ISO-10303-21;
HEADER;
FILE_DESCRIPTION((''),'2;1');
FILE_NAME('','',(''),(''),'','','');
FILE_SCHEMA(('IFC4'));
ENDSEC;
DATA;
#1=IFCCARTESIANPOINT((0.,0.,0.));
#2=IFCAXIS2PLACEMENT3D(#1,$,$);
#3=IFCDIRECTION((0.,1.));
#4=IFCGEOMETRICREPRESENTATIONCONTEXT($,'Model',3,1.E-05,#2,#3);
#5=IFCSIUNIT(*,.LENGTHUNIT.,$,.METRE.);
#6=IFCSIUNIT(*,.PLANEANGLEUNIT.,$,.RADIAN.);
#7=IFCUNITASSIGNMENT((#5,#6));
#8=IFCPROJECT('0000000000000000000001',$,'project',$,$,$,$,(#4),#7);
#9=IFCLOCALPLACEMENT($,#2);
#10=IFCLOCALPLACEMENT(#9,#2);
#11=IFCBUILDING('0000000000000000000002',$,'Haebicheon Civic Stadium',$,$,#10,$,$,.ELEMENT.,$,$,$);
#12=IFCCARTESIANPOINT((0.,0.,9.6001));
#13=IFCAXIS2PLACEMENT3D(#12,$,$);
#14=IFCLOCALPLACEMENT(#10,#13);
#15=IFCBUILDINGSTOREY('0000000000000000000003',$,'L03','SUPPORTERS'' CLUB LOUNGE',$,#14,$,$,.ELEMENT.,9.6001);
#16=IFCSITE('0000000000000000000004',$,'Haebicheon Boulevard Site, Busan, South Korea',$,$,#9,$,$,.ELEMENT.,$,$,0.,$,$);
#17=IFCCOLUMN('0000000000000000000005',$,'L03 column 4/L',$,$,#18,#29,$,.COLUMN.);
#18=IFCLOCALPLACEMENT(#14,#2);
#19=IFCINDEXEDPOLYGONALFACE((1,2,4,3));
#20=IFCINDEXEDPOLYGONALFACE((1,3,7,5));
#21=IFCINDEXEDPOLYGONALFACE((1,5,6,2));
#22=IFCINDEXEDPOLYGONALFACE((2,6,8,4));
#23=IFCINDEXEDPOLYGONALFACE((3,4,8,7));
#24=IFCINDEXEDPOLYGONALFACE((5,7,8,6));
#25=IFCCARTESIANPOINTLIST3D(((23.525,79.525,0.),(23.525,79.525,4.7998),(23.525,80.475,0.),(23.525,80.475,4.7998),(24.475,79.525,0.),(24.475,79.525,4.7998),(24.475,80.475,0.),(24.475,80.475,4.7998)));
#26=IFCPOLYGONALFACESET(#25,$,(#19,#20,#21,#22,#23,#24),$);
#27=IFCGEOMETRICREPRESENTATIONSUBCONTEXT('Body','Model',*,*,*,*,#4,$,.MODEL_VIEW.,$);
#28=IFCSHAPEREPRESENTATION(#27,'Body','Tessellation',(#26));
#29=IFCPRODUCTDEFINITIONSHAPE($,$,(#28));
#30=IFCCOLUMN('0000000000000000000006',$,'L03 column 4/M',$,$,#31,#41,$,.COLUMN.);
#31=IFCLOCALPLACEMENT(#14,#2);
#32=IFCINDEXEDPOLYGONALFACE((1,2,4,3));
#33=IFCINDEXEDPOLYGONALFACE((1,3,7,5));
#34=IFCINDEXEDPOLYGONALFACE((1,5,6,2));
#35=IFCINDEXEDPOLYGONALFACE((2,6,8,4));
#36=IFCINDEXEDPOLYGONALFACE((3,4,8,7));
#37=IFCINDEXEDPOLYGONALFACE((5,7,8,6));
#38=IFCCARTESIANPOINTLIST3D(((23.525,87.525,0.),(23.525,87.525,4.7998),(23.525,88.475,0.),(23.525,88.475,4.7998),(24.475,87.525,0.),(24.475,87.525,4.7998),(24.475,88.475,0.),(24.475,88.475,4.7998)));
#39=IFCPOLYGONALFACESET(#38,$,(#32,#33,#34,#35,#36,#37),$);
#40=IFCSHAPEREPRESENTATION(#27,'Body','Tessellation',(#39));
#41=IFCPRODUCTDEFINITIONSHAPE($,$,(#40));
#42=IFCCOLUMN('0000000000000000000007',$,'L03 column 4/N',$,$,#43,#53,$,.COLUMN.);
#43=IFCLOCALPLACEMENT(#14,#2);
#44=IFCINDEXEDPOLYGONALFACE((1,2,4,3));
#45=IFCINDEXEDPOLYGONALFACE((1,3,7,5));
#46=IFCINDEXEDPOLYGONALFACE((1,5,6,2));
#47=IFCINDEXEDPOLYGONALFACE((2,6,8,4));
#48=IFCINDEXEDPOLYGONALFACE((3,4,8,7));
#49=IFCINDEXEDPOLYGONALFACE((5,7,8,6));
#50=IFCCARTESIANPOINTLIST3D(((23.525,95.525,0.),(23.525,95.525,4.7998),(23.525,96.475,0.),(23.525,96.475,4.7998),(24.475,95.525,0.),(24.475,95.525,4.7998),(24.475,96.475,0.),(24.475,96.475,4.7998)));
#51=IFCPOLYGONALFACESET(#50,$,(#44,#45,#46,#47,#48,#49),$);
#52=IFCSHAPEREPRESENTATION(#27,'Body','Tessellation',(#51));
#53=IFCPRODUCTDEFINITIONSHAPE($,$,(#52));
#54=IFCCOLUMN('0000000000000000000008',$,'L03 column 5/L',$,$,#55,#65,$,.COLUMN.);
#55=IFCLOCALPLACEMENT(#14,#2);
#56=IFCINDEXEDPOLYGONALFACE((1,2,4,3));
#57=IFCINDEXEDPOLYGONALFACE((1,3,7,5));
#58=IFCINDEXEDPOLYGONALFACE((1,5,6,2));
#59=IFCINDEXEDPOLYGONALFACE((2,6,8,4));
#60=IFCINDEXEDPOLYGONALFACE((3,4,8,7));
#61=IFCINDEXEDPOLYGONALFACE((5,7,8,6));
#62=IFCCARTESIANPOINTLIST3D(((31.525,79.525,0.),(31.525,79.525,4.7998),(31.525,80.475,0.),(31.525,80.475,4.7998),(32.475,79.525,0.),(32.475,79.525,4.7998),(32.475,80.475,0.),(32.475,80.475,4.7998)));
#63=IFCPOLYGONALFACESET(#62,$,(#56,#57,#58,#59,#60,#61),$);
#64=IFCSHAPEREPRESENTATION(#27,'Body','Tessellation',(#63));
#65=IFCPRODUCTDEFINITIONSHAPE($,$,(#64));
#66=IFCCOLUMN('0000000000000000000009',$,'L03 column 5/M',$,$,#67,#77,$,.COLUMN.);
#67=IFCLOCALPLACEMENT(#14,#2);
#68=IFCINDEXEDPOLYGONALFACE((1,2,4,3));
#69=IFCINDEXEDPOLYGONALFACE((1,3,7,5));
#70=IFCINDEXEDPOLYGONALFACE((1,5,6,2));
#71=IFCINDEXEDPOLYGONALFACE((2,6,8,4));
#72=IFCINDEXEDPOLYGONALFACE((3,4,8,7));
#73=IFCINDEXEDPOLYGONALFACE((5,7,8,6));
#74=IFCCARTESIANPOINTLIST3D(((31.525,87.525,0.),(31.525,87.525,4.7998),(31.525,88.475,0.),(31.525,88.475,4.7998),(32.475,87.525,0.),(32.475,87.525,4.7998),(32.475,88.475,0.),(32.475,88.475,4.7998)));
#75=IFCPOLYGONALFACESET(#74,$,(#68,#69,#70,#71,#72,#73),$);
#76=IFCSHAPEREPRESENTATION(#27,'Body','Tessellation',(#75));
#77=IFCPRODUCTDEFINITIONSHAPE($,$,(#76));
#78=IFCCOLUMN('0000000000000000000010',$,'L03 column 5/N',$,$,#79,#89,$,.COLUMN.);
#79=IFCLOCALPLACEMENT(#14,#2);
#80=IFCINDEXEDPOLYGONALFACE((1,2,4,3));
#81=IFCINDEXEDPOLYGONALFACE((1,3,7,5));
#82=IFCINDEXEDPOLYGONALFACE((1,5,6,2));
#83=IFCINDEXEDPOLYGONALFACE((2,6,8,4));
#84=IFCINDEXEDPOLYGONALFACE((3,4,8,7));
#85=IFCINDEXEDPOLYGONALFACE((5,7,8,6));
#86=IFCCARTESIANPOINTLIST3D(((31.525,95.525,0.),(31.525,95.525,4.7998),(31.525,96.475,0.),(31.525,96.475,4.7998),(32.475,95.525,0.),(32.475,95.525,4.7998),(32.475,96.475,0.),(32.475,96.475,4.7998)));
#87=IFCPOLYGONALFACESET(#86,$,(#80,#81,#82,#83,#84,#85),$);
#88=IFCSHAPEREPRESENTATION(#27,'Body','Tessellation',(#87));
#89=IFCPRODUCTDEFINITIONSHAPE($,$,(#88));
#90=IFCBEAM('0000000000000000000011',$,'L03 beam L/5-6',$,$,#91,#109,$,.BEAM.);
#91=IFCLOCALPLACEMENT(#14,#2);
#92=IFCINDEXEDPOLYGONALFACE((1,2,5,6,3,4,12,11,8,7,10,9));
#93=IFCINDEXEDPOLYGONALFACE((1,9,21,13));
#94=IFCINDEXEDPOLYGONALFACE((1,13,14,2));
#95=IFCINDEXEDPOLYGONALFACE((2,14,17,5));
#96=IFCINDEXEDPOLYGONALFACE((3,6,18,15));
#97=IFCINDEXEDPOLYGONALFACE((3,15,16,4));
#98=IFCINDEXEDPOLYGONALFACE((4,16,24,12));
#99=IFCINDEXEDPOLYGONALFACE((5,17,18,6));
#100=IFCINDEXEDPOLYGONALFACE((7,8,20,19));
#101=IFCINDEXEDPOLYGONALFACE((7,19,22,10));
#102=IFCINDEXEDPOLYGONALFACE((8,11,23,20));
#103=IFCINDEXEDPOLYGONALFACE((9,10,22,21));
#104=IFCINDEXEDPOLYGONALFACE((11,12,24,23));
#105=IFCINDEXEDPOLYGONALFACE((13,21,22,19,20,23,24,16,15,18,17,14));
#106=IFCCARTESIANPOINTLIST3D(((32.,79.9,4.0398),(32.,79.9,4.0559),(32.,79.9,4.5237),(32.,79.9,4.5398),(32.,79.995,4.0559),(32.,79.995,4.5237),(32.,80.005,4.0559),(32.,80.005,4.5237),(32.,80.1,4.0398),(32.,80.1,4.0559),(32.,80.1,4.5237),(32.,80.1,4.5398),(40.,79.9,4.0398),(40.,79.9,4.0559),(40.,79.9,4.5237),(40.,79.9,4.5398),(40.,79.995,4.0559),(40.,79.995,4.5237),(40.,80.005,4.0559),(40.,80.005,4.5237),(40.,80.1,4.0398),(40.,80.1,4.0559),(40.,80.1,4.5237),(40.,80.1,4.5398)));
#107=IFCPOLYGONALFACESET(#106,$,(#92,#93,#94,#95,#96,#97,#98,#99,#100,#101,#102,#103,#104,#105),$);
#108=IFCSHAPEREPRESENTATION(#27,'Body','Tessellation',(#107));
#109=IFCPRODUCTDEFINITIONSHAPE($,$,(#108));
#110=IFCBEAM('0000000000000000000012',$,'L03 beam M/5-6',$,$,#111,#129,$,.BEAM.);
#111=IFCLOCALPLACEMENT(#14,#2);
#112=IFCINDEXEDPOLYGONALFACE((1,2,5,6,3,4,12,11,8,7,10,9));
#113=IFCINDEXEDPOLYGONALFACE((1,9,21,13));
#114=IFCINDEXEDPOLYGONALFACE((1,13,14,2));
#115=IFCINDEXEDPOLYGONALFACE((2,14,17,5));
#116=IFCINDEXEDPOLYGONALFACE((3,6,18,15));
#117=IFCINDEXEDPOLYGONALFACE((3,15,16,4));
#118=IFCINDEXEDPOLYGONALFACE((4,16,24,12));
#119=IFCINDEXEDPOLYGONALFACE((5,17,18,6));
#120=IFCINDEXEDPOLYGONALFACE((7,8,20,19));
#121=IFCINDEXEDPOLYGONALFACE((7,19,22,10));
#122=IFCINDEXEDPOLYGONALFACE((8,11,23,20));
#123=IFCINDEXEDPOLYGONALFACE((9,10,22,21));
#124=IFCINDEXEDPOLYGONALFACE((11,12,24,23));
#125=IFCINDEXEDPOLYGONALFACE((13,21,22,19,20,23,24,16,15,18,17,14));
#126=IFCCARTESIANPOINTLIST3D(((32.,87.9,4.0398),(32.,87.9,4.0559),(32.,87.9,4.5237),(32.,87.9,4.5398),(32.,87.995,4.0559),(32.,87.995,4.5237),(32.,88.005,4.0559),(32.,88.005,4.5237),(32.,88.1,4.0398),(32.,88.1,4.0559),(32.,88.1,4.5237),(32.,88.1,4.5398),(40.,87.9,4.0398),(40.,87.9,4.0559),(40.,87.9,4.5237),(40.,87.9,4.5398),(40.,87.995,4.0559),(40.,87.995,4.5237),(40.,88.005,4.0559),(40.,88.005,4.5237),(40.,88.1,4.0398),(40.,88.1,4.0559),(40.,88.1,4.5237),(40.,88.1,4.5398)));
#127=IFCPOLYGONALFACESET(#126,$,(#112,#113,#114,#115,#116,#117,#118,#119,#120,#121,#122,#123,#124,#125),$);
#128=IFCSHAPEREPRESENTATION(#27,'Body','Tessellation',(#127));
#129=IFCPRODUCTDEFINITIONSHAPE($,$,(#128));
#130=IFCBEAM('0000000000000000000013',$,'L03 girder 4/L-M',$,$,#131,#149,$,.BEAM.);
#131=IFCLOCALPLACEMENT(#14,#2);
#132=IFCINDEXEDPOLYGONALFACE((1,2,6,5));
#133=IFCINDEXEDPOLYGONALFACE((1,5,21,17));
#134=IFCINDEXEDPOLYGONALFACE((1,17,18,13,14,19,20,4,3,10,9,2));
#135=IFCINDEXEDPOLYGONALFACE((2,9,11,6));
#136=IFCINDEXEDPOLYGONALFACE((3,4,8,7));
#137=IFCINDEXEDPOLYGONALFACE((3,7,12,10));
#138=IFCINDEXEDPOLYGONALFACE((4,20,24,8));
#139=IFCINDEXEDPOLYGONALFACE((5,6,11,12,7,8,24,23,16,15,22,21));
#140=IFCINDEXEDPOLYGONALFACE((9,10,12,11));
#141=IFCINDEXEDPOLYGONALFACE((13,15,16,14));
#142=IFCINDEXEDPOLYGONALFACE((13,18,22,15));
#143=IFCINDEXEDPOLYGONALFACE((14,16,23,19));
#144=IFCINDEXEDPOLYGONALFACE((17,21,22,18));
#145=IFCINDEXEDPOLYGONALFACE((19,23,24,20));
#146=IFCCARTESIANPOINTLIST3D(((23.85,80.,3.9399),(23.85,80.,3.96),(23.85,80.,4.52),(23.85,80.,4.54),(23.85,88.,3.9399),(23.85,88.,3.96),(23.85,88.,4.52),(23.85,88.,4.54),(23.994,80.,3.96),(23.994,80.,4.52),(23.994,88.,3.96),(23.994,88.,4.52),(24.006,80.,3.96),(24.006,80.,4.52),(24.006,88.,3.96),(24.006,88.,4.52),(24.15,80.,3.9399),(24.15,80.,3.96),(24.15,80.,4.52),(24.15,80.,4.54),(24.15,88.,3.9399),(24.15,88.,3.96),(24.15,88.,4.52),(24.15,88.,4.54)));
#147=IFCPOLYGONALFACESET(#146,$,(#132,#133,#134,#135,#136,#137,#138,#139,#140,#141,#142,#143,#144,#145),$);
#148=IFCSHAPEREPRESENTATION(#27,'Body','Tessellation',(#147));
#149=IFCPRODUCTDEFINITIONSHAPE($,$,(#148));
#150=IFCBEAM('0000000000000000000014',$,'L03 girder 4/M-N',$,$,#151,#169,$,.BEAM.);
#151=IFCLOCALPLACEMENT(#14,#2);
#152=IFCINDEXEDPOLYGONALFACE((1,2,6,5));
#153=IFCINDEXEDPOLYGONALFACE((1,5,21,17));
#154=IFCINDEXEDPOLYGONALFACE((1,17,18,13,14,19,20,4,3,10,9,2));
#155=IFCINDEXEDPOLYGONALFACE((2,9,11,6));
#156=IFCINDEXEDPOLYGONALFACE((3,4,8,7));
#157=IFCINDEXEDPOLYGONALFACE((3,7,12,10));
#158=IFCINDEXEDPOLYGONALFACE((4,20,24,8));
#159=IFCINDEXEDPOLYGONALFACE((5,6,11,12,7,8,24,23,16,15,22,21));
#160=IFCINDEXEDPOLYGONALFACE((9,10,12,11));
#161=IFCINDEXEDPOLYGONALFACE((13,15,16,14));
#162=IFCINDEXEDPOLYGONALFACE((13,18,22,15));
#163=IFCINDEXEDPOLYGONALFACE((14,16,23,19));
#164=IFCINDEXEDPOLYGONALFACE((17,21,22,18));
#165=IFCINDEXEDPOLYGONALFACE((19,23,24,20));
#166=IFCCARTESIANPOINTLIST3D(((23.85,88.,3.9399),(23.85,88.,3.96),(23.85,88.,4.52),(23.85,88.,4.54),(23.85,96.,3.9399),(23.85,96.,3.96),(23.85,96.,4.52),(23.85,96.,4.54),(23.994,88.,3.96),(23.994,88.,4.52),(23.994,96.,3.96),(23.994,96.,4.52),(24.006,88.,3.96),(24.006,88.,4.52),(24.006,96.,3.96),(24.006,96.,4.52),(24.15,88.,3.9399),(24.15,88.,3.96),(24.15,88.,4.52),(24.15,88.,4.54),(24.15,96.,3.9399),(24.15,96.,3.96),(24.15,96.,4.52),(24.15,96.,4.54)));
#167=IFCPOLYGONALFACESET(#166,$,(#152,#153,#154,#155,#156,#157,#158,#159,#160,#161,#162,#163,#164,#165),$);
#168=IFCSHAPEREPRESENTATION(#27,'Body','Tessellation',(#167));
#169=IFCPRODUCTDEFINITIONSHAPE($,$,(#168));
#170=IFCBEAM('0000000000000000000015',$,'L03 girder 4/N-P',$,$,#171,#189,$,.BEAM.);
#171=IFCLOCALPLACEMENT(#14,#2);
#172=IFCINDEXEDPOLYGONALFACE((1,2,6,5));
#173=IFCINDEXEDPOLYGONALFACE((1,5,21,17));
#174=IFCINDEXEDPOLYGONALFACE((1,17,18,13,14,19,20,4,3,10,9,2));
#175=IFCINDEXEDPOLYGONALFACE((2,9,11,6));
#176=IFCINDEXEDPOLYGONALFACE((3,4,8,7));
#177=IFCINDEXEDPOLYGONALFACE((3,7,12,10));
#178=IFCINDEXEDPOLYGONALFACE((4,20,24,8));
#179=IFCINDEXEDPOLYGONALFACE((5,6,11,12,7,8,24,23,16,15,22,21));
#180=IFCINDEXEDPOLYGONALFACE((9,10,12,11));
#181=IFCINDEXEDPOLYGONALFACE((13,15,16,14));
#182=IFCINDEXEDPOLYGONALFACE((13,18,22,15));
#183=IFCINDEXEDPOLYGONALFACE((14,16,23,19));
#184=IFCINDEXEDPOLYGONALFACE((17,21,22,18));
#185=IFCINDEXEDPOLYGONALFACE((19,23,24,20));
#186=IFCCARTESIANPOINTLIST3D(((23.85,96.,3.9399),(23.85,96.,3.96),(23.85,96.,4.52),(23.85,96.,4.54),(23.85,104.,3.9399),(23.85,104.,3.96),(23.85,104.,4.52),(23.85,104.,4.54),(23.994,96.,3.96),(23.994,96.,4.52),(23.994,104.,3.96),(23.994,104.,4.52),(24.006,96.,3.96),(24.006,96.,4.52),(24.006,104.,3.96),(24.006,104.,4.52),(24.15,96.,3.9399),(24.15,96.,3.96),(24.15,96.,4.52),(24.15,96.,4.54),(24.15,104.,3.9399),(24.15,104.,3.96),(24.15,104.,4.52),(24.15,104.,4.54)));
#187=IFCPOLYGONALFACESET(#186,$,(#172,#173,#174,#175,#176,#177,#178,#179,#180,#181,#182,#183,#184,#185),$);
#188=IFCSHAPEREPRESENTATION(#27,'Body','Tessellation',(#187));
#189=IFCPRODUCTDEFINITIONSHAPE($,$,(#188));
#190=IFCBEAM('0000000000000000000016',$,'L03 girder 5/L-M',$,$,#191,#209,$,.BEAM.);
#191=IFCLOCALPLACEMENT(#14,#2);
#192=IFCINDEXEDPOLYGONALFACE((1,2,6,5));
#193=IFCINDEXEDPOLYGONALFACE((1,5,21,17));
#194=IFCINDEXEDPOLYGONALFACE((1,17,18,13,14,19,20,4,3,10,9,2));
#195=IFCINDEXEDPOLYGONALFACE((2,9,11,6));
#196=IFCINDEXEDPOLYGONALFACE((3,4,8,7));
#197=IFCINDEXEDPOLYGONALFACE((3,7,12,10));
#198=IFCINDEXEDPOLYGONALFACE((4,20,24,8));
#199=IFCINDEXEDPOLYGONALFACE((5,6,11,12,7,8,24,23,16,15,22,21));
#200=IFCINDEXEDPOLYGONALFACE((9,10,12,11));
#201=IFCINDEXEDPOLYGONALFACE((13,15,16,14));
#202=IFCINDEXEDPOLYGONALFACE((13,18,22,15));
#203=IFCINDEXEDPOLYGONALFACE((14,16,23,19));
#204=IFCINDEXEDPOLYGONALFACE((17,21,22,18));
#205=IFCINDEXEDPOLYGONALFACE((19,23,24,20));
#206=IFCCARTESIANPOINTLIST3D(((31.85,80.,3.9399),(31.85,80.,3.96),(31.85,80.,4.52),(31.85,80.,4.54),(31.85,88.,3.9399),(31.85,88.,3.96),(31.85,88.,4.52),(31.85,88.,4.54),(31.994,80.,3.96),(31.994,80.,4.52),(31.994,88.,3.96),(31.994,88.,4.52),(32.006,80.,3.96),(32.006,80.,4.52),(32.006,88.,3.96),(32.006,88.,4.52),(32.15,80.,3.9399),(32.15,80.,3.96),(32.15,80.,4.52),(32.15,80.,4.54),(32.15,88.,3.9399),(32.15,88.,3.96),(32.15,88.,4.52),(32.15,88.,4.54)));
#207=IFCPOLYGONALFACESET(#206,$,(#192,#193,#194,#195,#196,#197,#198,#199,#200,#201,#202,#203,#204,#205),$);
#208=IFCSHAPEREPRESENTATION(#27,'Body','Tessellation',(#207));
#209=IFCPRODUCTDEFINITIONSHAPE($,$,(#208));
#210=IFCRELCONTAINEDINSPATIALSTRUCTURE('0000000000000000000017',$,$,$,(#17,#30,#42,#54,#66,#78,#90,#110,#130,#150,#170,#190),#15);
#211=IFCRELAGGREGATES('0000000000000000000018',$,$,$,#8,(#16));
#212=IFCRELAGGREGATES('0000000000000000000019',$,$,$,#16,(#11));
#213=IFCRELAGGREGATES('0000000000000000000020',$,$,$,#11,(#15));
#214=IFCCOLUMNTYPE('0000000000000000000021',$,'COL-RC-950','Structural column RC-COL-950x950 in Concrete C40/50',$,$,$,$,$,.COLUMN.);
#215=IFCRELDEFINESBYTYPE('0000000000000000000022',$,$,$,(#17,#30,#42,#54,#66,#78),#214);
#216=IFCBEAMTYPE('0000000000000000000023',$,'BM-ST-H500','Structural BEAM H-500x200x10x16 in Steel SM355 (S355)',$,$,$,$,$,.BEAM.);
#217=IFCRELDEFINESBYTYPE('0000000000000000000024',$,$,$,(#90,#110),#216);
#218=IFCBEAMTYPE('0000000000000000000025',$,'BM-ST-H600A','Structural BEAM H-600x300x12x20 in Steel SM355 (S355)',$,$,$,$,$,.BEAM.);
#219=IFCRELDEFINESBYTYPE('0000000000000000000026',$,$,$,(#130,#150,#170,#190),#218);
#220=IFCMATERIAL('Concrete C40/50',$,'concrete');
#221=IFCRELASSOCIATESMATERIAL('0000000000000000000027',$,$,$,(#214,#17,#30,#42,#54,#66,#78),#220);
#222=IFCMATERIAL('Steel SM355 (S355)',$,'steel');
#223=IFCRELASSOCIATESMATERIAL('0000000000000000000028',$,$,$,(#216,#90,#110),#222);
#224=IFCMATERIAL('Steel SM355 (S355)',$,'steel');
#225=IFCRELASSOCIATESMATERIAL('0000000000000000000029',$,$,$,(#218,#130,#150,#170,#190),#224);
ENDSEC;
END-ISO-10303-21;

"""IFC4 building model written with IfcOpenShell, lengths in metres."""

from ifc_helpers import new_model, si_unit, direction, frame, origin, origin_2d, place, context, subcontext, project, spatial, rectangle, i_section, extrude, material, material_profile, profile_set, type_object, element, save


model = new_model("IFC4")

# Units and contexts
model_context = context("Model", 3, precision=1e-05, world=origin(), true_north=direction((0.0, 1.0)))
body_context = subcontext(model_context, "Body", "Model", "MODEL_VIEW")
ifc_project = project(units=[si_unit("LENGTHUNIT", "METRE"), si_unit("PLANEANGLEUNIT", "RADIAN")], contexts=[model_context])

# Site, building, storey
site_placement = place(None, origin())
site = spatial("IfcSite", under=ifc_project, at=site_placement, Name="Haebicheon Boulevard Site, Busan, South Korea", CompositionType="ELEMENT", RefElevation=0.0)
building_placement = place(site_placement, origin())
building = spatial("IfcBuilding", under=site, at=building_placement, Name="Haebicheon Civic Stadium", CompositionType="ELEMENT")
storey_placement = place(building_placement, frame((0.0, 0.0, 9.6001)))
storey = spatial("IfcBuildingStorey", under=building, at=storey_placement, Name="L03", Description="SUPPORTERS' CLUB LOUNGE", CompositionType="ELEMENT", Elevation=9.6001)

# Columns
ifc_material_1 = material(Name="Concrete C40/50", Category="concrete")
ifc_material_profile_1 = material_profile(ifc_material_1, rectangle(XDim=0.95, YDim=0.95, at=origin_2d()), Name="RC-COL-950x950")
ifc_profile_set_1 = profile_set([ifc_material_profile_1], Name="Concrete C40/50")
column_type = type_object("IfcColumnType", Name="COL-RC-950", Description="Structural column RC-COL-950x950 in Concrete C40/50", PredefinedType="COLUMN", material=ifc_profile_set_1)
for number, where, z_axis, x_axis, name in (
    (1, (24.0, 80.0, 0.0), (0.0, 0.0, 1.0), (1.0, 0.0, 0.0), "L03 column 4/L"),
    (2, (24.0, 88.0, 0.0), (0.0, 0.0, 1.0), (1.0, 0.0, 0.0), "L03 column 4/M"),
    (3, (24.0, 96.0, 0.0), (0.0, 0.0, 1.0), (1.0, 0.0, 0.0), "L03 column 4/N"),
    (4, (32.0, 80.0, 0.0), (0.0, 0.0, 1.0), (1.0, 0.0, 0.0), "L03 column 5/L"),
    (5, (32.0, 88.0, 0.0), (0.0, 0.0, 1.0), (1.0, 0.0, 0.0), "L03 column 5/M"),
    (6, (32.0, 96.0, 0.0), (0.0, 0.0, 1.0), (1.0, 0.0, 0.0), "L03 column 5/N"),
):
    element("IfcColumn", number, at=place(storey_placement, frame(where, z_axis=z_axis, x_axis=x_axis)), inside=storey, type_object=column_type, material=ifc_profile_set_1, Name=name, PredefinedType="COLUMN", context=body_context, shape_type="SweptSolid", body=[
        extrude(rectangle(XDim=0.95, YDim=0.95, at=origin_2d()), origin(), (0.0, 0.0, 1.0), 4.7998),
    ])

# Beams
ifc_material_2 = material(Name="Steel SM355 (S355)", Category="steel")
ifc_material_profile_2 = material_profile(ifc_material_2, i_section(OverallWidth=0.2, OverallDepth=0.5, WebThickness=0.01, FlangeThickness=0.0161, at=origin_2d()), Name="H-500x200x10x16")
ifc_profile_set_2 = profile_set([ifc_material_profile_2], Name="Steel SM355 (S355)")
beam_type_1 = type_object("IfcBeamType", Name="BM-ST-H500", Description="Structural BEAM H-500x200x10x16 in Steel SM355 (S355)", PredefinedType="BEAM", material=ifc_profile_set_2)
for number, where, z_axis, x_axis, name in (
    (7, (32.0, 80.0, 4.2898), (1.0, 0.0, 0.0), (0.0, 1.0, 0.0), "L03 beam L/5-6"),
    (8, (32.0, 88.0, 4.2898), (1.0, 0.0, 0.0), (0.0, 1.0, 0.0), "L03 beam M/5-6"),
):
    element("IfcBeam", number, at=place(storey_placement, frame(where, z_axis=z_axis, x_axis=x_axis)), inside=storey, type_object=beam_type_1, material=ifc_profile_set_2, Name=name, PredefinedType="BEAM", context=body_context, shape_type="SweptSolid", body=[
        extrude(i_section(OverallWidth=0.2, OverallDepth=0.5, WebThickness=0.01, FlangeThickness=0.0161, at=origin_2d()), origin(), (0.0, 0.0, 1.0), 8.0),
    ])
ifc_material_3 = material(Name="Steel SM355 (S355)", Category="steel")
ifc_material_profile_3 = material_profile(ifc_material_3, i_section(OverallWidth=0.3, OverallDepth=0.6001, WebThickness=0.012, FlangeThickness=0.02, at=origin_2d()), Name="H-600x300x12x20")
ifc_profile_set_3 = profile_set([ifc_material_profile_3], Name="Steel SM355 (S355)")
beam_type_2 = type_object("IfcBeamType", Name="BM-ST-H600A", Description="Structural BEAM H-600x300x12x20 in Steel SM355 (S355)", PredefinedType="BEAM", material=ifc_profile_set_3)
for number, where, z_axis, x_axis, name in (
    (9, (24.0, 80.0, 4.24), (0.0, 1.0, 0.0), (-1.0, 0.0, 0.0), "L03 girder 4/L-M"),
    (10, (24.0, 88.0, 4.24), (0.0, 1.0, 0.0), (-1.0, 0.0, 0.0), "L03 girder 4/M-N"),
    (11, (24.0, 96.0, 4.24), (0.0, 1.0, 0.0), (-1.0, 0.0, 0.0), "L03 girder 4/N-P"),
    (12, (32.0, 80.0, 4.24), (0.0, 1.0, 0.0), (-1.0, 0.0, 0.0), "L03 girder 5/L-M"),
):
    element("IfcBeam", number, at=place(storey_placement, frame(where, z_axis=z_axis, x_axis=x_axis)), inside=storey, type_object=beam_type_2, material=ifc_profile_set_3, Name=name, PredefinedType="BEAM", context=body_context, shape_type="SweptSolid", body=[
        extrude(i_section(OverallWidth=0.3, OverallDepth=0.6001, WebThickness=0.012, FlangeThickness=0.02, at=origin_2d()), origin(), (0.0, 0.0, 1.0), 8.0),
    ])

save(model, "model.ifc")
